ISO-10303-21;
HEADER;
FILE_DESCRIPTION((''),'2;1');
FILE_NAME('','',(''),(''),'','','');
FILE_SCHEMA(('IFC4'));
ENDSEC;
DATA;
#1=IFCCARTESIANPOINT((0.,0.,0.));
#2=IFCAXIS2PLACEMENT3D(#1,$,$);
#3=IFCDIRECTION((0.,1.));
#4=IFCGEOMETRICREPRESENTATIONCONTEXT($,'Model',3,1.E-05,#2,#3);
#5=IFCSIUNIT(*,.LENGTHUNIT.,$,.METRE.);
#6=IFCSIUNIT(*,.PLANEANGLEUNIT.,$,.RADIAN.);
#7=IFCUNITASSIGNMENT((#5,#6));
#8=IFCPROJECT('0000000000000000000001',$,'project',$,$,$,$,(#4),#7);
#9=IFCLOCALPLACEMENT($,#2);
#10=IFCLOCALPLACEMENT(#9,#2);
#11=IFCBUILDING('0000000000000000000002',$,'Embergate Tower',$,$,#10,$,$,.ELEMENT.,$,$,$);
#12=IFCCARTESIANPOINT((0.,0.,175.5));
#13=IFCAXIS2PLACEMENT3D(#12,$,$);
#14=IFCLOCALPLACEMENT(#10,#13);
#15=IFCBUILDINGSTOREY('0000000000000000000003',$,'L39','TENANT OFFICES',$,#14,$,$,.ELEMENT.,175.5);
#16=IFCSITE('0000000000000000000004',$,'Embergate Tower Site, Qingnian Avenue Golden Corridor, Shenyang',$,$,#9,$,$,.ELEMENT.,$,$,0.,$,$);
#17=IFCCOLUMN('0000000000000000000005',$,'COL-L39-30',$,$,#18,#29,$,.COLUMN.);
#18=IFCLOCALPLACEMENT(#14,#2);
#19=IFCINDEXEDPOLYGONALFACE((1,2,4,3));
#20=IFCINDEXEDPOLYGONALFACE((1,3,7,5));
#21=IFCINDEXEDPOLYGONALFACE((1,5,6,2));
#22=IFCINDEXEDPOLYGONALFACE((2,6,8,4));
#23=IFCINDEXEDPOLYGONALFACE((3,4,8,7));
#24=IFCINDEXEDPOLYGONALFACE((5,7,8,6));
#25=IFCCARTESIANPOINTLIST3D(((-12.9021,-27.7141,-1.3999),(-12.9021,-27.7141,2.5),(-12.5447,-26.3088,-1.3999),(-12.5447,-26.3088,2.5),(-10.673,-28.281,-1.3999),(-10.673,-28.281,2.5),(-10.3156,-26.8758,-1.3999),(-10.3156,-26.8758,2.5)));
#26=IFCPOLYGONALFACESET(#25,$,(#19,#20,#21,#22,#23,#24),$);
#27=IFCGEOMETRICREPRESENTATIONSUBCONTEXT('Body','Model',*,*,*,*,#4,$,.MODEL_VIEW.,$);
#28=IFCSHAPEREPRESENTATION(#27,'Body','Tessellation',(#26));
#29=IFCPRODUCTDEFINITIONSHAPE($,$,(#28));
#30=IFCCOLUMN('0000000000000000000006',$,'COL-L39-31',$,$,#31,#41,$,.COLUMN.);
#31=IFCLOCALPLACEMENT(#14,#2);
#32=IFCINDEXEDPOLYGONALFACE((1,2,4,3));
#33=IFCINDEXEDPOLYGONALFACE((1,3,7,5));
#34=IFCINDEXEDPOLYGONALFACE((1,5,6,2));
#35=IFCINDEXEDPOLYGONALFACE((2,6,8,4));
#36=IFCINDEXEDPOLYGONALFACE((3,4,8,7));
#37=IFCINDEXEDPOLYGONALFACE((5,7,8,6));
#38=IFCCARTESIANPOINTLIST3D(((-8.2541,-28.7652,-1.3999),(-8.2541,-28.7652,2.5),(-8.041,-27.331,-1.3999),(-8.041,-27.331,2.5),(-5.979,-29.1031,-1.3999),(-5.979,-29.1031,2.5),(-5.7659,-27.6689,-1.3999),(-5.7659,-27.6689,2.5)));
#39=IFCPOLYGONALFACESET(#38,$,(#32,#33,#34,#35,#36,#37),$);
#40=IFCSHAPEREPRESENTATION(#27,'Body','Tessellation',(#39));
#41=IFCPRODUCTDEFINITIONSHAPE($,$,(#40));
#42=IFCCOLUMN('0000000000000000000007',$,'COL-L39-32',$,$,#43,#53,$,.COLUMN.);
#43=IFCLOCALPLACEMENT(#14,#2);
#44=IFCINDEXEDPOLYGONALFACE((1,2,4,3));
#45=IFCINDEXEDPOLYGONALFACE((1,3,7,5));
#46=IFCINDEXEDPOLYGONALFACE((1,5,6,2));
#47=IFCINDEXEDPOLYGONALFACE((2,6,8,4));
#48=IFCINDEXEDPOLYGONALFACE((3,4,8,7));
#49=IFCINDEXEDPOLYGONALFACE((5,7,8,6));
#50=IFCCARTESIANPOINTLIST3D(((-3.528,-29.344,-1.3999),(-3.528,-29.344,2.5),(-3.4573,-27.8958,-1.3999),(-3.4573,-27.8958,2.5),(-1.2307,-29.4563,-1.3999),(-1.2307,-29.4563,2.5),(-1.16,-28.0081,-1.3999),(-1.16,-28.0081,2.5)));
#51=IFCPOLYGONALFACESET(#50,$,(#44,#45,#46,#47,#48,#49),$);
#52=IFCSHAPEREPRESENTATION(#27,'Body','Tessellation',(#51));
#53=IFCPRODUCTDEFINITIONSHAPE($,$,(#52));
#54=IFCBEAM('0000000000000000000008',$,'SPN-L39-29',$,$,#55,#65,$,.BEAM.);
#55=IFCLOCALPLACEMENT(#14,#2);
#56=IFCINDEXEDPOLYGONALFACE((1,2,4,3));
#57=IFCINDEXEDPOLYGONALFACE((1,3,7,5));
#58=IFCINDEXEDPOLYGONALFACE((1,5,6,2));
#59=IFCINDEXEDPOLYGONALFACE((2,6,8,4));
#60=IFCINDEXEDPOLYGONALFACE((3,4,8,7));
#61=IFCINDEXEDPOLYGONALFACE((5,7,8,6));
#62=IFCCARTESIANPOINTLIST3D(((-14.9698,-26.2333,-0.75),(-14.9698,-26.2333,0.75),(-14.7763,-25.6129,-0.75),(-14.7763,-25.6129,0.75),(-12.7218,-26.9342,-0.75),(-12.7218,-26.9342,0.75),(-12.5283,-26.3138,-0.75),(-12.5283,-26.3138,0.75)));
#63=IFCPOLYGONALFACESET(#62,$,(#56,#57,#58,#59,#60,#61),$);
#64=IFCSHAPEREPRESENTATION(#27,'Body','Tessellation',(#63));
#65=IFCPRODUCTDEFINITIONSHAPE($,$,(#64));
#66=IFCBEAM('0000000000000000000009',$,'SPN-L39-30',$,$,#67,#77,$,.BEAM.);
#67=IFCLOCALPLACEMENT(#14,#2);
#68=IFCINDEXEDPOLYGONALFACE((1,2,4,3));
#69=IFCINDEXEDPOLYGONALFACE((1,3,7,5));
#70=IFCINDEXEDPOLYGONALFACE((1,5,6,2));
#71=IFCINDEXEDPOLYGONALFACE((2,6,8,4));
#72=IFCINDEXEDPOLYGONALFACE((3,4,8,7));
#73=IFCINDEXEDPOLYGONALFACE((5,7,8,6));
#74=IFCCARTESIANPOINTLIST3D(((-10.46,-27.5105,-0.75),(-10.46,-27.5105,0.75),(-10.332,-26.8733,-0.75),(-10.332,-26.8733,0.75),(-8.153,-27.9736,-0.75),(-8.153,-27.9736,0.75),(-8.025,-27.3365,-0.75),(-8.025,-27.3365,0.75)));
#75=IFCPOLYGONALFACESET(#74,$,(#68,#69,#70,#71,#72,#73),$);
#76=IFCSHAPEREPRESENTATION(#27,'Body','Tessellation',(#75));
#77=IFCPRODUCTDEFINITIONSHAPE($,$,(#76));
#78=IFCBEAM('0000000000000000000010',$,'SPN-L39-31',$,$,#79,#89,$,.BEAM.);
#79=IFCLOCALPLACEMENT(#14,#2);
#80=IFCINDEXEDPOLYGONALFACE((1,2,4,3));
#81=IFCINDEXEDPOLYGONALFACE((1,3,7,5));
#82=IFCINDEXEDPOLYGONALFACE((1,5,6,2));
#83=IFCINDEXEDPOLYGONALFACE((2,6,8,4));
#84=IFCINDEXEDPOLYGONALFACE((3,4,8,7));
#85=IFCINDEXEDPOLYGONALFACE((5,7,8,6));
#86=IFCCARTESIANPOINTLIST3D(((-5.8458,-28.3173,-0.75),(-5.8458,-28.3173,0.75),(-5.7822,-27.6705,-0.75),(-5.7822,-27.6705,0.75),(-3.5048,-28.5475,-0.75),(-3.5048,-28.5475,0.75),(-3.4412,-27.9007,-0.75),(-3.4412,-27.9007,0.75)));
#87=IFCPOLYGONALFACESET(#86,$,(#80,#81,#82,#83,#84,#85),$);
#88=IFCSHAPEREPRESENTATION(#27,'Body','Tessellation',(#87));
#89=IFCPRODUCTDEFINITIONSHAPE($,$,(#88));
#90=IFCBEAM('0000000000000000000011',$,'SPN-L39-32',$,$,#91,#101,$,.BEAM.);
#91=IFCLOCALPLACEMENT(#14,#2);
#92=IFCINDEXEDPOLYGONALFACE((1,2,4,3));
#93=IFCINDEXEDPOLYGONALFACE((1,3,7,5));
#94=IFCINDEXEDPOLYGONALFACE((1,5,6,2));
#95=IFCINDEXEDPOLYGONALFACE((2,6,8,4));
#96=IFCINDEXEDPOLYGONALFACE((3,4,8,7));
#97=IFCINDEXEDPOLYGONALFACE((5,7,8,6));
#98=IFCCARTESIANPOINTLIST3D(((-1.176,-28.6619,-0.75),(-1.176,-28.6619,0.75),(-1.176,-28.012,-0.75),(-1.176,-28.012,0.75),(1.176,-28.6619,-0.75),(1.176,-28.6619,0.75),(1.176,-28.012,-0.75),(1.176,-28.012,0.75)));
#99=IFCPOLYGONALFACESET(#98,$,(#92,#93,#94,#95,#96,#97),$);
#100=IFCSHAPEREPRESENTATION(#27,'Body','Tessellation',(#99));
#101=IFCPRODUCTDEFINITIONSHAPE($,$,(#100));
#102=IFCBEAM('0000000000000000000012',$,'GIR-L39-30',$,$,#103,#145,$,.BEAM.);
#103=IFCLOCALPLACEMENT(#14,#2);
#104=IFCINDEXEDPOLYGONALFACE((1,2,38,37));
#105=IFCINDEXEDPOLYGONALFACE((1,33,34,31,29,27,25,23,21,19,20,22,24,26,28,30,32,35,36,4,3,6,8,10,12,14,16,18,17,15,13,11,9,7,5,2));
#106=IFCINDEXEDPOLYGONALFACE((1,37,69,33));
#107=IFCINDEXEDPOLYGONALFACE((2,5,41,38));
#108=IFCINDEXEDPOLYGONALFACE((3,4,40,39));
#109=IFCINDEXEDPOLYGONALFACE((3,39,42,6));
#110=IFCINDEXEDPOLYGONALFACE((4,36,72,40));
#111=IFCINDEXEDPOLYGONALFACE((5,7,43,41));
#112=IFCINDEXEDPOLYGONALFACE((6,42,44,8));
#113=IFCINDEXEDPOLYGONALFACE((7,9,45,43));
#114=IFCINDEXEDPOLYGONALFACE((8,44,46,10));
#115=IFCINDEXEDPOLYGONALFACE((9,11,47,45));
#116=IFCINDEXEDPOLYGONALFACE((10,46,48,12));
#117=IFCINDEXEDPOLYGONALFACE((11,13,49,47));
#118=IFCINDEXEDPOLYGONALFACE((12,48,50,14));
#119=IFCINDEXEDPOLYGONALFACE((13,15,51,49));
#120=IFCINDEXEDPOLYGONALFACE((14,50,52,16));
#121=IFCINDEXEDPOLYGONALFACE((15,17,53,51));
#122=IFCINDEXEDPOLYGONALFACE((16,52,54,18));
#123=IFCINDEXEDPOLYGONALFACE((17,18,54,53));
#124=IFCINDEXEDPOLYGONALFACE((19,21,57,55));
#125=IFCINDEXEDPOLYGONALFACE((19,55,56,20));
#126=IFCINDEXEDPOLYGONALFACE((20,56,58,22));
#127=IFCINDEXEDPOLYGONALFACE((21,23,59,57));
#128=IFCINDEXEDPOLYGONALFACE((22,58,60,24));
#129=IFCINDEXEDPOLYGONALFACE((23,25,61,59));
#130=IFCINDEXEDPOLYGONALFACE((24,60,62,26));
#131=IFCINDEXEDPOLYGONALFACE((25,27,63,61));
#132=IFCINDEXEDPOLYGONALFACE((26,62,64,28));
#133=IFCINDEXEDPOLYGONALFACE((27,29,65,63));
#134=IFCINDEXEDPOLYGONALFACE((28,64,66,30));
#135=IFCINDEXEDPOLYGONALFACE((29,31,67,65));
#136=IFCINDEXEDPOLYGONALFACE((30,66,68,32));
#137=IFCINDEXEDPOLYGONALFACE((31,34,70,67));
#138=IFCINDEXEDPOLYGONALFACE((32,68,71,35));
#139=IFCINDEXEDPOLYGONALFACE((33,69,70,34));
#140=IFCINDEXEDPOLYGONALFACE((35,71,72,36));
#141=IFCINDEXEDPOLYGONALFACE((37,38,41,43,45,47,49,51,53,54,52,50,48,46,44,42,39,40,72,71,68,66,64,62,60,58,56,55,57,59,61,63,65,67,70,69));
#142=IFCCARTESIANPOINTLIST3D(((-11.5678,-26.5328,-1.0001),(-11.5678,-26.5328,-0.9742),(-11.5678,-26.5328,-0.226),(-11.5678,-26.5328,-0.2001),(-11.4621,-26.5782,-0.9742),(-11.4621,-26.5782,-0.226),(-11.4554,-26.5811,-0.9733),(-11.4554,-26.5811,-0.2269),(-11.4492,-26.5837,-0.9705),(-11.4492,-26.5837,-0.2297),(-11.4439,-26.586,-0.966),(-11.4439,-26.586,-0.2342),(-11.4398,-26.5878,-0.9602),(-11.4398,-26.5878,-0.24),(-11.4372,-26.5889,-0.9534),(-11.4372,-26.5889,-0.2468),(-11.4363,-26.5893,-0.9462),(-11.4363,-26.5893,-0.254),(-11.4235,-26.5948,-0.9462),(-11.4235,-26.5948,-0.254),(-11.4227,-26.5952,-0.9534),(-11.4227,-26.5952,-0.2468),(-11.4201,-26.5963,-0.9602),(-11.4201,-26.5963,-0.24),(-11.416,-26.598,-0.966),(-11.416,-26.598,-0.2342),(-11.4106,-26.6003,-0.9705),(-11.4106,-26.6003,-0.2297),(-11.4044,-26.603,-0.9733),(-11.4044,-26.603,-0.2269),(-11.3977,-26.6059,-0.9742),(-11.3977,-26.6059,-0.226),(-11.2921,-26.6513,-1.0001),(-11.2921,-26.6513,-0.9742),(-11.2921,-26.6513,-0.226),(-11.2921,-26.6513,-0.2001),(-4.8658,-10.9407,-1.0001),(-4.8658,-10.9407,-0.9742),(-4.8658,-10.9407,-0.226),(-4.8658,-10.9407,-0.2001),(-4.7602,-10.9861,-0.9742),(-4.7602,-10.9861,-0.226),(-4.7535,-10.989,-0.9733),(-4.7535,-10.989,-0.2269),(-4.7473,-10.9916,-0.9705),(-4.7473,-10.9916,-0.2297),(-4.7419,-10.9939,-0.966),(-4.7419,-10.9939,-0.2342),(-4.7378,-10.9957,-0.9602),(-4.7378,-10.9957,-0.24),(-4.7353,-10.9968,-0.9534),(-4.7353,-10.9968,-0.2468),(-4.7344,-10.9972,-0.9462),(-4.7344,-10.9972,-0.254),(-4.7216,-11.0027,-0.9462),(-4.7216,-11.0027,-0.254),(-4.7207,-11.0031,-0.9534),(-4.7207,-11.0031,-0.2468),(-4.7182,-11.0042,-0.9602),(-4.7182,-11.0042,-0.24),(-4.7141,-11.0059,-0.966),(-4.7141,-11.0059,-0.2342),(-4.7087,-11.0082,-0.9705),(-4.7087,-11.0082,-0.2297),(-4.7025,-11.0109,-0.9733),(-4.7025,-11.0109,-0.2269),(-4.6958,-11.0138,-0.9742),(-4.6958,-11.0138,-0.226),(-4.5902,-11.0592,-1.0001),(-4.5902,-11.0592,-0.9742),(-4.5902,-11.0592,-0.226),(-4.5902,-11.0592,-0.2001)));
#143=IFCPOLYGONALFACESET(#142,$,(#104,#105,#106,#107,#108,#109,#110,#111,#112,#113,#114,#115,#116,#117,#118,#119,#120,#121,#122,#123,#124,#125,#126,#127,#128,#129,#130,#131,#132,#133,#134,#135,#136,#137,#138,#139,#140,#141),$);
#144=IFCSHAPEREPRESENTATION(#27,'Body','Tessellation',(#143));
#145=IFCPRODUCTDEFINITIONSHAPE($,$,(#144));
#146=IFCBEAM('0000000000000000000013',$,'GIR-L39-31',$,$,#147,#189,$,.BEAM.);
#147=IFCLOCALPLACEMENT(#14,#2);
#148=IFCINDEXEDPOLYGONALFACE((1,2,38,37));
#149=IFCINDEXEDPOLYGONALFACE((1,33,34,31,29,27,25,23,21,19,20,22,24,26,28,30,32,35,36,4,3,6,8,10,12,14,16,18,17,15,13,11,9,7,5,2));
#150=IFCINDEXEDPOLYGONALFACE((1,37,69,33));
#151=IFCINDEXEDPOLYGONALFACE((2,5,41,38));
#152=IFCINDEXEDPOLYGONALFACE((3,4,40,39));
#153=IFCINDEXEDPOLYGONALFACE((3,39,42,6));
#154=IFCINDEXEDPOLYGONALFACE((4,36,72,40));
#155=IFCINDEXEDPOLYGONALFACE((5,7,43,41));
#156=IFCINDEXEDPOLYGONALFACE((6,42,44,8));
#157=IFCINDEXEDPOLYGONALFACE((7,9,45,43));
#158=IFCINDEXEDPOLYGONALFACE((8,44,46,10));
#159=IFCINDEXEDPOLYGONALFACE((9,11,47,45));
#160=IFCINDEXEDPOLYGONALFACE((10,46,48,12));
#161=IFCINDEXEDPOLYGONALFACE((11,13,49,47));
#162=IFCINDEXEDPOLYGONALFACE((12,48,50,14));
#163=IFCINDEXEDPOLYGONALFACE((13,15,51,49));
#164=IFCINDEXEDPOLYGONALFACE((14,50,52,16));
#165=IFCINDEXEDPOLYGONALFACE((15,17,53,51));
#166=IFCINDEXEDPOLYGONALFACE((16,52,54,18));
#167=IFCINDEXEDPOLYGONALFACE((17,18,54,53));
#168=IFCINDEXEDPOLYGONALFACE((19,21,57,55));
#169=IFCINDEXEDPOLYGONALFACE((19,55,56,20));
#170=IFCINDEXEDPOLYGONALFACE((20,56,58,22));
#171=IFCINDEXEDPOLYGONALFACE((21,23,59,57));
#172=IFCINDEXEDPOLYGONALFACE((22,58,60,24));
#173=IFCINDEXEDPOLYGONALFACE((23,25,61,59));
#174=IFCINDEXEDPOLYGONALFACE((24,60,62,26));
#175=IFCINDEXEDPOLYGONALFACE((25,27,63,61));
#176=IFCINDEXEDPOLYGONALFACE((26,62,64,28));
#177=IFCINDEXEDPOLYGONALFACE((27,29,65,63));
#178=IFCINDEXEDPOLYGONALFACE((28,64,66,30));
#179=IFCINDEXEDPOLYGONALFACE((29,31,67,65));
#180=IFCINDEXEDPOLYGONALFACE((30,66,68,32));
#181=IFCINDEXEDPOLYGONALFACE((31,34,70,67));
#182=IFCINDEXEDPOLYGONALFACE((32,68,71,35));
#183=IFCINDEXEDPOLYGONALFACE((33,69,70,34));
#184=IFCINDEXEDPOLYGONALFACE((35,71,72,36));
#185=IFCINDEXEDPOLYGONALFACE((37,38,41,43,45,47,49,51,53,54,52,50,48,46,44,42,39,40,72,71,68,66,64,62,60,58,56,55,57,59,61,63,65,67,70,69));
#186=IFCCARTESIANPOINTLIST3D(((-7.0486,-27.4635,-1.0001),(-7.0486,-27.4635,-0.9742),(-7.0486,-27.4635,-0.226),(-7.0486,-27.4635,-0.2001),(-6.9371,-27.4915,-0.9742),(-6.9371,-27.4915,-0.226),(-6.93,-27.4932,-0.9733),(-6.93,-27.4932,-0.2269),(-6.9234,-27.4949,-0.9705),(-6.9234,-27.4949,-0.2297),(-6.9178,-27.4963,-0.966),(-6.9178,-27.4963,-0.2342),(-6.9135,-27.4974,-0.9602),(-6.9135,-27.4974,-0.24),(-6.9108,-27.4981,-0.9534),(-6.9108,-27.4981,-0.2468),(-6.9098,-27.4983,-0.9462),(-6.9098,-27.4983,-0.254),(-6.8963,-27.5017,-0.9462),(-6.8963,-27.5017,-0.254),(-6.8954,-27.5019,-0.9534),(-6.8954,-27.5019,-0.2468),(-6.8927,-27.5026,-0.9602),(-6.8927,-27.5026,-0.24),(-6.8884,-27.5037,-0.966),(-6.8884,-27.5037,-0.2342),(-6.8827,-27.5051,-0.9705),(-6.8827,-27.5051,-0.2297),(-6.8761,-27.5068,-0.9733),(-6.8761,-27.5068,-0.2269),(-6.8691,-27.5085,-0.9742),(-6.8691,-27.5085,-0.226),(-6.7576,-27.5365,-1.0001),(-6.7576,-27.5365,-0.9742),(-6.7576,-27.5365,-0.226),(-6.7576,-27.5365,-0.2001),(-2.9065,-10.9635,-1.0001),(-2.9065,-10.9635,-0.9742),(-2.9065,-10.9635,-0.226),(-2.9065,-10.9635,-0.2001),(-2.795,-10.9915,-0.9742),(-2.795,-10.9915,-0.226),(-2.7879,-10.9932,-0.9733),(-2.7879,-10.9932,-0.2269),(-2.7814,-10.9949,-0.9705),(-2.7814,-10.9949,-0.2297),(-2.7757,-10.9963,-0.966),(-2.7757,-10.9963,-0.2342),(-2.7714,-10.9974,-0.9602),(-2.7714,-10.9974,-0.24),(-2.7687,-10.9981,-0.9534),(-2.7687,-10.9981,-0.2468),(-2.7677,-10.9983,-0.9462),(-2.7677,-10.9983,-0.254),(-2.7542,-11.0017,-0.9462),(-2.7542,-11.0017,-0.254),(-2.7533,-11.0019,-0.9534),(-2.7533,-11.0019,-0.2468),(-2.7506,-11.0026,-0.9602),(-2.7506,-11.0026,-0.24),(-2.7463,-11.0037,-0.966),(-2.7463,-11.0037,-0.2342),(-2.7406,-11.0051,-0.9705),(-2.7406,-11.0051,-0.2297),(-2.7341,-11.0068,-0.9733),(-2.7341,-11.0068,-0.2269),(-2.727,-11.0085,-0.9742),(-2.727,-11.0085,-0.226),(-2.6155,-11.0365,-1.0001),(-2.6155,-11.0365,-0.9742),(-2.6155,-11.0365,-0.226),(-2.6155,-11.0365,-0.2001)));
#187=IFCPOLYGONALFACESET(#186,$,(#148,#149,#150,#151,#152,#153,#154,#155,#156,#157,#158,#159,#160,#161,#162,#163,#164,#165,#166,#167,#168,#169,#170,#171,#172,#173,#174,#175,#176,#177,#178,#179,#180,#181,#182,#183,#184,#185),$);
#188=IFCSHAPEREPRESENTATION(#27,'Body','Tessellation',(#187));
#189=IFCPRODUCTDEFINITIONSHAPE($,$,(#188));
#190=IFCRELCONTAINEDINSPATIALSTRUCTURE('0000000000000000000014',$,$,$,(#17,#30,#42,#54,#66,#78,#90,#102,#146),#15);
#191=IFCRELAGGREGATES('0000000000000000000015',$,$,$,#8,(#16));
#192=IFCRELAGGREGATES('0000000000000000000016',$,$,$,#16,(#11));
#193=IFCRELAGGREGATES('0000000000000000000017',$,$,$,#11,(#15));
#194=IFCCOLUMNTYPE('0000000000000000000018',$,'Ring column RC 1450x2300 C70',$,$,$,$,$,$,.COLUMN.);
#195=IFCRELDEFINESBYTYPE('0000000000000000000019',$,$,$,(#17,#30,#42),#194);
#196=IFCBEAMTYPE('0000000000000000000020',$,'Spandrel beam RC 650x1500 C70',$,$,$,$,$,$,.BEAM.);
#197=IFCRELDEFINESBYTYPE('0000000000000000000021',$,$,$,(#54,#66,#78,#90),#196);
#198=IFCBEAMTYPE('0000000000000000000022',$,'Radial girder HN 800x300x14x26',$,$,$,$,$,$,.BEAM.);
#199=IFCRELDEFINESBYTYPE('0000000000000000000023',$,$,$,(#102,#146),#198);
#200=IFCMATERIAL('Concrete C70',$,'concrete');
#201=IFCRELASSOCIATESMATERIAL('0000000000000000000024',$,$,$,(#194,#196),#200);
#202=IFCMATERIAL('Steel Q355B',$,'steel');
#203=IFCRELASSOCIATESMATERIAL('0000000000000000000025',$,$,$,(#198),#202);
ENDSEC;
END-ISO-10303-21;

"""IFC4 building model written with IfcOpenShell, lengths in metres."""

from ifc_helpers import new_model, si_unit, direction, frame, origin, origin_2d, place, context, subcontext, project, spatial, rectangle, i_section, extrude, source, transform, mapped, material, material_profile, profile_set, type_object, element, save


model = new_model("IFC4")

# Units and contexts
model_context = context("Model", 3, precision=1e-05, world=origin(), true_north=direction((0.0, 1.0)))
body_context = subcontext(model_context, "Body", "Model", "MODEL_VIEW")
ifc_project = project(units=[si_unit("LENGTHUNIT", "METRE"), si_unit("PLANEANGLEUNIT", "RADIAN")], contexts=[model_context])

# Site, building, storey
site_placement = place(None, origin())
site = spatial("IfcSite", under=ifc_project, at=site_placement, Name="Embergate Tower Site, Qingnian Avenue Golden Corridor, Shenyang", CompositionType="ELEMENT", RefElevation=0.0)
building_placement = place(site_placement, origin())
building = spatial("IfcBuilding", under=site, at=building_placement, Name="Embergate Tower", CompositionType="ELEMENT")
storey_placement = place(building_placement, frame((0.0, 0.0, 175.5)))
storey = spatial("IfcBuildingStorey", under=building, at=storey_placement, Name="L39", Description="TENANT OFFICES", CompositionType="ELEMENT", Elevation=175.5)

# Columns
ifc_material_1 = material(Name="Concrete C70", Category="concrete")
ifc_material_profile_1 = material_profile(ifc_material_1, rectangle(XDim=1.45, YDim=2.3, at=origin_2d()), Name="RC 1450x2300")
ifc_profile_set_1 = profile_set([ifc_material_profile_1], Name="Concrete C70")
column_type = type_object("IfcColumnType", Name="Ring column RC 1450x2300 C70", PredefinedType="COLUMN", material=ifc_profile_set_1)
shared_shape_1 = source(origin(), body_context, "Body", "SweptSolid", [
    extrude(rectangle(XDim=1.45, YDim=2.3, at=origin_2d()), origin(), (0.0, 0.0, 1.0), 3.8999),
])
for number, where, z_axis, x_axis, name in (
    (1, (-11.6089, -27.2949, -1.3999), (0.0, 0.0, 1.0), (-0.246492, -0.969145, 0.0), "COL-L39-30"),
    (2, (-7.01, -28.217, -1.3999), (0.0, 0.0, 1.0), (-0.146929, -0.989147, 0.0), "COL-L39-31"),
    (3, (-2.344, -28.676, -1.3999), (0.0, 0.0, 1.0), (-0.048815, -0.998808, 0.0), "COL-L39-32"),
):
    element("IfcColumn", number, at=place(storey_placement, frame(where, z_axis=z_axis, x_axis=x_axis)), inside=storey, type_object=column_type, Name=name, PredefinedType="COLUMN", context=body_context, shape_type="MappedRepresentation", body=[
        mapped(shared_shape_1, transform((0.0, 0.0, 0.0))),
    ])

# Beams
ifc_material_profile_2 = material_profile(ifc_material_1, rectangle(XDim=0.6499, YDim=1.5, at=origin_2d()), Name="RC 650x1500")
ifc_profile_set_2 = profile_set([ifc_material_profile_2], Name="Concrete C70")
beam_type_1 = type_object("IfcBeamType", Name="Spandrel beam RC 650x1500 C70", PredefinedType="BEAM", material=ifc_profile_set_2)
shared_shape_2 = source(origin(), body_context, "Body", "SweptSolid", [
    extrude(rectangle(XDim=0.6499, YDim=1.5, at=origin_2d()), origin(), (0.0, 0.0, 1.0), 2.3547),
])
beam_1_placement = place(storey_placement, frame((-14.873, -25.9231, 0.0), z_axis=(0.954672, -0.297661, 0.0), x_axis=(0.297661, 0.954672, 0.0)))
element("IfcBeam", 4, at=beam_1_placement, inside=storey, type_object=beam_type_1, Name="SPN-L39-29", PredefinedType="BEAM", context=body_context, shape_type="MappedRepresentation", body=[
    mapped(shared_shape_2, transform((0.0, 0.0, 0.0))),
])
shared_shape_3 = source(origin(), body_context, "Body", "SweptSolid", [
    extrude(rectangle(XDim=0.6499, YDim=1.5, at=origin_2d()), origin(), (0.0, 0.0, 1.0), 2.353),
])
beam_2_placement = place(storey_placement, frame((-10.396, -27.1919, 0.0), z_axis=(0.980437, -0.196834, 0.0), x_axis=(0.196834, 0.980437, 0.0)))
element("IfcBeam", 5, at=beam_2_placement, inside=storey, type_object=beam_type_1, Name="SPN-L39-30", PredefinedType="BEAM", context=body_context, shape_type="MappedRepresentation", body=[
    mapped(shared_shape_3, transform((0.0, 0.0, 0.0))),
])
shared_shape_4 = source(origin(), body_context, "Body", "SweptSolid", [
    extrude(rectangle(XDim=0.6499, YDim=1.5, at=origin_2d()), origin(), (0.0, 0.0, 1.0), 2.3523),
])
beam_3_placement = place(storey_placement, frame((-5.814, -27.9939, 0.0), z_axis=(0.995199, -0.09787, 0.0), x_axis=(0.09787, 0.995199, 0.0)))
element("IfcBeam", 6, at=beam_3_placement, inside=storey, type_object=beam_type_1, Name="SPN-L39-31", PredefinedType="BEAM", context=body_context, shape_type="MappedRepresentation", body=[
    mapped(shared_shape_4, transform((0.0, 0.0, 0.0))),
])
shared_shape_5 = source(origin(), body_context, "Body", "SweptSolid", [
    extrude(rectangle(XDim=0.6499, YDim=1.5, at=origin_2d()), origin(), (0.0, 0.0, 1.0), 2.3521),
])
beam_4_placement = place(storey_placement, frame((-1.176, -28.3369, 0.0), z_axis=(1.0, 0.0, 0.0), x_axis=(0.0, 1.0, 0.0)))
element("IfcBeam", 7, at=beam_4_placement, inside=storey, type_object=beam_type_1, Name="SPN-L39-32", PredefinedType="BEAM", context=body_context, shape_type="MappedRepresentation", body=[
    mapped(shared_shape_5, transform((0.0, 0.0, 0.0))),
])
ifc_material_2 = material(Name="Steel Q355B", Category="steel")
ifc_material_profile_3 = material_profile(ifc_material_2, i_section(OverallWidth=0.3, OverallDepth=0.8, WebThickness=0.0139, FlangeThickness=0.0259, FilletRadius=0.0281, at=origin_2d()), Name="HN 800x300x14x26")
ifc_profile_set_3 = profile_set([ifc_material_profile_3], Name="Steel Q355 grade B")
beam_type_2 = type_object("IfcBeamType", Name="Radial girder HN 800x300x14x26", PredefinedType="BEAM", material=ifc_profile_set_3)
shared_shape_6 = source(origin(), body_context, "Body", "SweptSolid", [
    extrude(i_section(OverallWidth=0.3, OverallDepth=0.8, WebThickness=0.0139, FlangeThickness=0.0259, FilletRadius=0.0281, at=origin_2d()), origin(), (0.0, 0.0, 1.0), 16.9714),
])
beam_5_placement = place(storey_placement, frame((-11.4299, -26.592, -0.6001), z_axis=(0.394895, 0.918726, 0.0), x_axis=(-0.918726, 0.394895, 0.0)))
element("IfcBeam", 8, at=beam_5_placement, inside=storey, type_object=beam_type_2, Name="GIR-L39-30", PredefinedType="BEAM", context=body_context, shape_type="MappedRepresentation", body=[
    mapped(shared_shape_6, transform((0.0, 0.0, 0.0))),
])
shared_shape_7 = source(origin(), body_context, "Body", "SweptSolid", [
    extrude(i_section(OverallWidth=0.3, OverallDepth=0.8, WebThickness=0.0139, FlangeThickness=0.0259, FilletRadius=0.0281, at=origin_2d()), origin(), (0.0, 0.0, 1.0), 17.012),
])
beam_6_placement = place(storey_placement, frame((-6.9031, -27.5, -0.6001), z_axis=(0.243481, 0.969906, 0.0), x_axis=(-0.969906, 0.243481, 0.0)))
element("IfcBeam", 9, at=beam_6_placement, inside=storey, type_object=beam_type_2, Name="GIR-L39-31", PredefinedType="BEAM", context=body_context, shape_type="MappedRepresentation", body=[
    mapped(shared_shape_7, transform((0.0, 0.0, 0.0))),
])

save(model, "model.ifc")
